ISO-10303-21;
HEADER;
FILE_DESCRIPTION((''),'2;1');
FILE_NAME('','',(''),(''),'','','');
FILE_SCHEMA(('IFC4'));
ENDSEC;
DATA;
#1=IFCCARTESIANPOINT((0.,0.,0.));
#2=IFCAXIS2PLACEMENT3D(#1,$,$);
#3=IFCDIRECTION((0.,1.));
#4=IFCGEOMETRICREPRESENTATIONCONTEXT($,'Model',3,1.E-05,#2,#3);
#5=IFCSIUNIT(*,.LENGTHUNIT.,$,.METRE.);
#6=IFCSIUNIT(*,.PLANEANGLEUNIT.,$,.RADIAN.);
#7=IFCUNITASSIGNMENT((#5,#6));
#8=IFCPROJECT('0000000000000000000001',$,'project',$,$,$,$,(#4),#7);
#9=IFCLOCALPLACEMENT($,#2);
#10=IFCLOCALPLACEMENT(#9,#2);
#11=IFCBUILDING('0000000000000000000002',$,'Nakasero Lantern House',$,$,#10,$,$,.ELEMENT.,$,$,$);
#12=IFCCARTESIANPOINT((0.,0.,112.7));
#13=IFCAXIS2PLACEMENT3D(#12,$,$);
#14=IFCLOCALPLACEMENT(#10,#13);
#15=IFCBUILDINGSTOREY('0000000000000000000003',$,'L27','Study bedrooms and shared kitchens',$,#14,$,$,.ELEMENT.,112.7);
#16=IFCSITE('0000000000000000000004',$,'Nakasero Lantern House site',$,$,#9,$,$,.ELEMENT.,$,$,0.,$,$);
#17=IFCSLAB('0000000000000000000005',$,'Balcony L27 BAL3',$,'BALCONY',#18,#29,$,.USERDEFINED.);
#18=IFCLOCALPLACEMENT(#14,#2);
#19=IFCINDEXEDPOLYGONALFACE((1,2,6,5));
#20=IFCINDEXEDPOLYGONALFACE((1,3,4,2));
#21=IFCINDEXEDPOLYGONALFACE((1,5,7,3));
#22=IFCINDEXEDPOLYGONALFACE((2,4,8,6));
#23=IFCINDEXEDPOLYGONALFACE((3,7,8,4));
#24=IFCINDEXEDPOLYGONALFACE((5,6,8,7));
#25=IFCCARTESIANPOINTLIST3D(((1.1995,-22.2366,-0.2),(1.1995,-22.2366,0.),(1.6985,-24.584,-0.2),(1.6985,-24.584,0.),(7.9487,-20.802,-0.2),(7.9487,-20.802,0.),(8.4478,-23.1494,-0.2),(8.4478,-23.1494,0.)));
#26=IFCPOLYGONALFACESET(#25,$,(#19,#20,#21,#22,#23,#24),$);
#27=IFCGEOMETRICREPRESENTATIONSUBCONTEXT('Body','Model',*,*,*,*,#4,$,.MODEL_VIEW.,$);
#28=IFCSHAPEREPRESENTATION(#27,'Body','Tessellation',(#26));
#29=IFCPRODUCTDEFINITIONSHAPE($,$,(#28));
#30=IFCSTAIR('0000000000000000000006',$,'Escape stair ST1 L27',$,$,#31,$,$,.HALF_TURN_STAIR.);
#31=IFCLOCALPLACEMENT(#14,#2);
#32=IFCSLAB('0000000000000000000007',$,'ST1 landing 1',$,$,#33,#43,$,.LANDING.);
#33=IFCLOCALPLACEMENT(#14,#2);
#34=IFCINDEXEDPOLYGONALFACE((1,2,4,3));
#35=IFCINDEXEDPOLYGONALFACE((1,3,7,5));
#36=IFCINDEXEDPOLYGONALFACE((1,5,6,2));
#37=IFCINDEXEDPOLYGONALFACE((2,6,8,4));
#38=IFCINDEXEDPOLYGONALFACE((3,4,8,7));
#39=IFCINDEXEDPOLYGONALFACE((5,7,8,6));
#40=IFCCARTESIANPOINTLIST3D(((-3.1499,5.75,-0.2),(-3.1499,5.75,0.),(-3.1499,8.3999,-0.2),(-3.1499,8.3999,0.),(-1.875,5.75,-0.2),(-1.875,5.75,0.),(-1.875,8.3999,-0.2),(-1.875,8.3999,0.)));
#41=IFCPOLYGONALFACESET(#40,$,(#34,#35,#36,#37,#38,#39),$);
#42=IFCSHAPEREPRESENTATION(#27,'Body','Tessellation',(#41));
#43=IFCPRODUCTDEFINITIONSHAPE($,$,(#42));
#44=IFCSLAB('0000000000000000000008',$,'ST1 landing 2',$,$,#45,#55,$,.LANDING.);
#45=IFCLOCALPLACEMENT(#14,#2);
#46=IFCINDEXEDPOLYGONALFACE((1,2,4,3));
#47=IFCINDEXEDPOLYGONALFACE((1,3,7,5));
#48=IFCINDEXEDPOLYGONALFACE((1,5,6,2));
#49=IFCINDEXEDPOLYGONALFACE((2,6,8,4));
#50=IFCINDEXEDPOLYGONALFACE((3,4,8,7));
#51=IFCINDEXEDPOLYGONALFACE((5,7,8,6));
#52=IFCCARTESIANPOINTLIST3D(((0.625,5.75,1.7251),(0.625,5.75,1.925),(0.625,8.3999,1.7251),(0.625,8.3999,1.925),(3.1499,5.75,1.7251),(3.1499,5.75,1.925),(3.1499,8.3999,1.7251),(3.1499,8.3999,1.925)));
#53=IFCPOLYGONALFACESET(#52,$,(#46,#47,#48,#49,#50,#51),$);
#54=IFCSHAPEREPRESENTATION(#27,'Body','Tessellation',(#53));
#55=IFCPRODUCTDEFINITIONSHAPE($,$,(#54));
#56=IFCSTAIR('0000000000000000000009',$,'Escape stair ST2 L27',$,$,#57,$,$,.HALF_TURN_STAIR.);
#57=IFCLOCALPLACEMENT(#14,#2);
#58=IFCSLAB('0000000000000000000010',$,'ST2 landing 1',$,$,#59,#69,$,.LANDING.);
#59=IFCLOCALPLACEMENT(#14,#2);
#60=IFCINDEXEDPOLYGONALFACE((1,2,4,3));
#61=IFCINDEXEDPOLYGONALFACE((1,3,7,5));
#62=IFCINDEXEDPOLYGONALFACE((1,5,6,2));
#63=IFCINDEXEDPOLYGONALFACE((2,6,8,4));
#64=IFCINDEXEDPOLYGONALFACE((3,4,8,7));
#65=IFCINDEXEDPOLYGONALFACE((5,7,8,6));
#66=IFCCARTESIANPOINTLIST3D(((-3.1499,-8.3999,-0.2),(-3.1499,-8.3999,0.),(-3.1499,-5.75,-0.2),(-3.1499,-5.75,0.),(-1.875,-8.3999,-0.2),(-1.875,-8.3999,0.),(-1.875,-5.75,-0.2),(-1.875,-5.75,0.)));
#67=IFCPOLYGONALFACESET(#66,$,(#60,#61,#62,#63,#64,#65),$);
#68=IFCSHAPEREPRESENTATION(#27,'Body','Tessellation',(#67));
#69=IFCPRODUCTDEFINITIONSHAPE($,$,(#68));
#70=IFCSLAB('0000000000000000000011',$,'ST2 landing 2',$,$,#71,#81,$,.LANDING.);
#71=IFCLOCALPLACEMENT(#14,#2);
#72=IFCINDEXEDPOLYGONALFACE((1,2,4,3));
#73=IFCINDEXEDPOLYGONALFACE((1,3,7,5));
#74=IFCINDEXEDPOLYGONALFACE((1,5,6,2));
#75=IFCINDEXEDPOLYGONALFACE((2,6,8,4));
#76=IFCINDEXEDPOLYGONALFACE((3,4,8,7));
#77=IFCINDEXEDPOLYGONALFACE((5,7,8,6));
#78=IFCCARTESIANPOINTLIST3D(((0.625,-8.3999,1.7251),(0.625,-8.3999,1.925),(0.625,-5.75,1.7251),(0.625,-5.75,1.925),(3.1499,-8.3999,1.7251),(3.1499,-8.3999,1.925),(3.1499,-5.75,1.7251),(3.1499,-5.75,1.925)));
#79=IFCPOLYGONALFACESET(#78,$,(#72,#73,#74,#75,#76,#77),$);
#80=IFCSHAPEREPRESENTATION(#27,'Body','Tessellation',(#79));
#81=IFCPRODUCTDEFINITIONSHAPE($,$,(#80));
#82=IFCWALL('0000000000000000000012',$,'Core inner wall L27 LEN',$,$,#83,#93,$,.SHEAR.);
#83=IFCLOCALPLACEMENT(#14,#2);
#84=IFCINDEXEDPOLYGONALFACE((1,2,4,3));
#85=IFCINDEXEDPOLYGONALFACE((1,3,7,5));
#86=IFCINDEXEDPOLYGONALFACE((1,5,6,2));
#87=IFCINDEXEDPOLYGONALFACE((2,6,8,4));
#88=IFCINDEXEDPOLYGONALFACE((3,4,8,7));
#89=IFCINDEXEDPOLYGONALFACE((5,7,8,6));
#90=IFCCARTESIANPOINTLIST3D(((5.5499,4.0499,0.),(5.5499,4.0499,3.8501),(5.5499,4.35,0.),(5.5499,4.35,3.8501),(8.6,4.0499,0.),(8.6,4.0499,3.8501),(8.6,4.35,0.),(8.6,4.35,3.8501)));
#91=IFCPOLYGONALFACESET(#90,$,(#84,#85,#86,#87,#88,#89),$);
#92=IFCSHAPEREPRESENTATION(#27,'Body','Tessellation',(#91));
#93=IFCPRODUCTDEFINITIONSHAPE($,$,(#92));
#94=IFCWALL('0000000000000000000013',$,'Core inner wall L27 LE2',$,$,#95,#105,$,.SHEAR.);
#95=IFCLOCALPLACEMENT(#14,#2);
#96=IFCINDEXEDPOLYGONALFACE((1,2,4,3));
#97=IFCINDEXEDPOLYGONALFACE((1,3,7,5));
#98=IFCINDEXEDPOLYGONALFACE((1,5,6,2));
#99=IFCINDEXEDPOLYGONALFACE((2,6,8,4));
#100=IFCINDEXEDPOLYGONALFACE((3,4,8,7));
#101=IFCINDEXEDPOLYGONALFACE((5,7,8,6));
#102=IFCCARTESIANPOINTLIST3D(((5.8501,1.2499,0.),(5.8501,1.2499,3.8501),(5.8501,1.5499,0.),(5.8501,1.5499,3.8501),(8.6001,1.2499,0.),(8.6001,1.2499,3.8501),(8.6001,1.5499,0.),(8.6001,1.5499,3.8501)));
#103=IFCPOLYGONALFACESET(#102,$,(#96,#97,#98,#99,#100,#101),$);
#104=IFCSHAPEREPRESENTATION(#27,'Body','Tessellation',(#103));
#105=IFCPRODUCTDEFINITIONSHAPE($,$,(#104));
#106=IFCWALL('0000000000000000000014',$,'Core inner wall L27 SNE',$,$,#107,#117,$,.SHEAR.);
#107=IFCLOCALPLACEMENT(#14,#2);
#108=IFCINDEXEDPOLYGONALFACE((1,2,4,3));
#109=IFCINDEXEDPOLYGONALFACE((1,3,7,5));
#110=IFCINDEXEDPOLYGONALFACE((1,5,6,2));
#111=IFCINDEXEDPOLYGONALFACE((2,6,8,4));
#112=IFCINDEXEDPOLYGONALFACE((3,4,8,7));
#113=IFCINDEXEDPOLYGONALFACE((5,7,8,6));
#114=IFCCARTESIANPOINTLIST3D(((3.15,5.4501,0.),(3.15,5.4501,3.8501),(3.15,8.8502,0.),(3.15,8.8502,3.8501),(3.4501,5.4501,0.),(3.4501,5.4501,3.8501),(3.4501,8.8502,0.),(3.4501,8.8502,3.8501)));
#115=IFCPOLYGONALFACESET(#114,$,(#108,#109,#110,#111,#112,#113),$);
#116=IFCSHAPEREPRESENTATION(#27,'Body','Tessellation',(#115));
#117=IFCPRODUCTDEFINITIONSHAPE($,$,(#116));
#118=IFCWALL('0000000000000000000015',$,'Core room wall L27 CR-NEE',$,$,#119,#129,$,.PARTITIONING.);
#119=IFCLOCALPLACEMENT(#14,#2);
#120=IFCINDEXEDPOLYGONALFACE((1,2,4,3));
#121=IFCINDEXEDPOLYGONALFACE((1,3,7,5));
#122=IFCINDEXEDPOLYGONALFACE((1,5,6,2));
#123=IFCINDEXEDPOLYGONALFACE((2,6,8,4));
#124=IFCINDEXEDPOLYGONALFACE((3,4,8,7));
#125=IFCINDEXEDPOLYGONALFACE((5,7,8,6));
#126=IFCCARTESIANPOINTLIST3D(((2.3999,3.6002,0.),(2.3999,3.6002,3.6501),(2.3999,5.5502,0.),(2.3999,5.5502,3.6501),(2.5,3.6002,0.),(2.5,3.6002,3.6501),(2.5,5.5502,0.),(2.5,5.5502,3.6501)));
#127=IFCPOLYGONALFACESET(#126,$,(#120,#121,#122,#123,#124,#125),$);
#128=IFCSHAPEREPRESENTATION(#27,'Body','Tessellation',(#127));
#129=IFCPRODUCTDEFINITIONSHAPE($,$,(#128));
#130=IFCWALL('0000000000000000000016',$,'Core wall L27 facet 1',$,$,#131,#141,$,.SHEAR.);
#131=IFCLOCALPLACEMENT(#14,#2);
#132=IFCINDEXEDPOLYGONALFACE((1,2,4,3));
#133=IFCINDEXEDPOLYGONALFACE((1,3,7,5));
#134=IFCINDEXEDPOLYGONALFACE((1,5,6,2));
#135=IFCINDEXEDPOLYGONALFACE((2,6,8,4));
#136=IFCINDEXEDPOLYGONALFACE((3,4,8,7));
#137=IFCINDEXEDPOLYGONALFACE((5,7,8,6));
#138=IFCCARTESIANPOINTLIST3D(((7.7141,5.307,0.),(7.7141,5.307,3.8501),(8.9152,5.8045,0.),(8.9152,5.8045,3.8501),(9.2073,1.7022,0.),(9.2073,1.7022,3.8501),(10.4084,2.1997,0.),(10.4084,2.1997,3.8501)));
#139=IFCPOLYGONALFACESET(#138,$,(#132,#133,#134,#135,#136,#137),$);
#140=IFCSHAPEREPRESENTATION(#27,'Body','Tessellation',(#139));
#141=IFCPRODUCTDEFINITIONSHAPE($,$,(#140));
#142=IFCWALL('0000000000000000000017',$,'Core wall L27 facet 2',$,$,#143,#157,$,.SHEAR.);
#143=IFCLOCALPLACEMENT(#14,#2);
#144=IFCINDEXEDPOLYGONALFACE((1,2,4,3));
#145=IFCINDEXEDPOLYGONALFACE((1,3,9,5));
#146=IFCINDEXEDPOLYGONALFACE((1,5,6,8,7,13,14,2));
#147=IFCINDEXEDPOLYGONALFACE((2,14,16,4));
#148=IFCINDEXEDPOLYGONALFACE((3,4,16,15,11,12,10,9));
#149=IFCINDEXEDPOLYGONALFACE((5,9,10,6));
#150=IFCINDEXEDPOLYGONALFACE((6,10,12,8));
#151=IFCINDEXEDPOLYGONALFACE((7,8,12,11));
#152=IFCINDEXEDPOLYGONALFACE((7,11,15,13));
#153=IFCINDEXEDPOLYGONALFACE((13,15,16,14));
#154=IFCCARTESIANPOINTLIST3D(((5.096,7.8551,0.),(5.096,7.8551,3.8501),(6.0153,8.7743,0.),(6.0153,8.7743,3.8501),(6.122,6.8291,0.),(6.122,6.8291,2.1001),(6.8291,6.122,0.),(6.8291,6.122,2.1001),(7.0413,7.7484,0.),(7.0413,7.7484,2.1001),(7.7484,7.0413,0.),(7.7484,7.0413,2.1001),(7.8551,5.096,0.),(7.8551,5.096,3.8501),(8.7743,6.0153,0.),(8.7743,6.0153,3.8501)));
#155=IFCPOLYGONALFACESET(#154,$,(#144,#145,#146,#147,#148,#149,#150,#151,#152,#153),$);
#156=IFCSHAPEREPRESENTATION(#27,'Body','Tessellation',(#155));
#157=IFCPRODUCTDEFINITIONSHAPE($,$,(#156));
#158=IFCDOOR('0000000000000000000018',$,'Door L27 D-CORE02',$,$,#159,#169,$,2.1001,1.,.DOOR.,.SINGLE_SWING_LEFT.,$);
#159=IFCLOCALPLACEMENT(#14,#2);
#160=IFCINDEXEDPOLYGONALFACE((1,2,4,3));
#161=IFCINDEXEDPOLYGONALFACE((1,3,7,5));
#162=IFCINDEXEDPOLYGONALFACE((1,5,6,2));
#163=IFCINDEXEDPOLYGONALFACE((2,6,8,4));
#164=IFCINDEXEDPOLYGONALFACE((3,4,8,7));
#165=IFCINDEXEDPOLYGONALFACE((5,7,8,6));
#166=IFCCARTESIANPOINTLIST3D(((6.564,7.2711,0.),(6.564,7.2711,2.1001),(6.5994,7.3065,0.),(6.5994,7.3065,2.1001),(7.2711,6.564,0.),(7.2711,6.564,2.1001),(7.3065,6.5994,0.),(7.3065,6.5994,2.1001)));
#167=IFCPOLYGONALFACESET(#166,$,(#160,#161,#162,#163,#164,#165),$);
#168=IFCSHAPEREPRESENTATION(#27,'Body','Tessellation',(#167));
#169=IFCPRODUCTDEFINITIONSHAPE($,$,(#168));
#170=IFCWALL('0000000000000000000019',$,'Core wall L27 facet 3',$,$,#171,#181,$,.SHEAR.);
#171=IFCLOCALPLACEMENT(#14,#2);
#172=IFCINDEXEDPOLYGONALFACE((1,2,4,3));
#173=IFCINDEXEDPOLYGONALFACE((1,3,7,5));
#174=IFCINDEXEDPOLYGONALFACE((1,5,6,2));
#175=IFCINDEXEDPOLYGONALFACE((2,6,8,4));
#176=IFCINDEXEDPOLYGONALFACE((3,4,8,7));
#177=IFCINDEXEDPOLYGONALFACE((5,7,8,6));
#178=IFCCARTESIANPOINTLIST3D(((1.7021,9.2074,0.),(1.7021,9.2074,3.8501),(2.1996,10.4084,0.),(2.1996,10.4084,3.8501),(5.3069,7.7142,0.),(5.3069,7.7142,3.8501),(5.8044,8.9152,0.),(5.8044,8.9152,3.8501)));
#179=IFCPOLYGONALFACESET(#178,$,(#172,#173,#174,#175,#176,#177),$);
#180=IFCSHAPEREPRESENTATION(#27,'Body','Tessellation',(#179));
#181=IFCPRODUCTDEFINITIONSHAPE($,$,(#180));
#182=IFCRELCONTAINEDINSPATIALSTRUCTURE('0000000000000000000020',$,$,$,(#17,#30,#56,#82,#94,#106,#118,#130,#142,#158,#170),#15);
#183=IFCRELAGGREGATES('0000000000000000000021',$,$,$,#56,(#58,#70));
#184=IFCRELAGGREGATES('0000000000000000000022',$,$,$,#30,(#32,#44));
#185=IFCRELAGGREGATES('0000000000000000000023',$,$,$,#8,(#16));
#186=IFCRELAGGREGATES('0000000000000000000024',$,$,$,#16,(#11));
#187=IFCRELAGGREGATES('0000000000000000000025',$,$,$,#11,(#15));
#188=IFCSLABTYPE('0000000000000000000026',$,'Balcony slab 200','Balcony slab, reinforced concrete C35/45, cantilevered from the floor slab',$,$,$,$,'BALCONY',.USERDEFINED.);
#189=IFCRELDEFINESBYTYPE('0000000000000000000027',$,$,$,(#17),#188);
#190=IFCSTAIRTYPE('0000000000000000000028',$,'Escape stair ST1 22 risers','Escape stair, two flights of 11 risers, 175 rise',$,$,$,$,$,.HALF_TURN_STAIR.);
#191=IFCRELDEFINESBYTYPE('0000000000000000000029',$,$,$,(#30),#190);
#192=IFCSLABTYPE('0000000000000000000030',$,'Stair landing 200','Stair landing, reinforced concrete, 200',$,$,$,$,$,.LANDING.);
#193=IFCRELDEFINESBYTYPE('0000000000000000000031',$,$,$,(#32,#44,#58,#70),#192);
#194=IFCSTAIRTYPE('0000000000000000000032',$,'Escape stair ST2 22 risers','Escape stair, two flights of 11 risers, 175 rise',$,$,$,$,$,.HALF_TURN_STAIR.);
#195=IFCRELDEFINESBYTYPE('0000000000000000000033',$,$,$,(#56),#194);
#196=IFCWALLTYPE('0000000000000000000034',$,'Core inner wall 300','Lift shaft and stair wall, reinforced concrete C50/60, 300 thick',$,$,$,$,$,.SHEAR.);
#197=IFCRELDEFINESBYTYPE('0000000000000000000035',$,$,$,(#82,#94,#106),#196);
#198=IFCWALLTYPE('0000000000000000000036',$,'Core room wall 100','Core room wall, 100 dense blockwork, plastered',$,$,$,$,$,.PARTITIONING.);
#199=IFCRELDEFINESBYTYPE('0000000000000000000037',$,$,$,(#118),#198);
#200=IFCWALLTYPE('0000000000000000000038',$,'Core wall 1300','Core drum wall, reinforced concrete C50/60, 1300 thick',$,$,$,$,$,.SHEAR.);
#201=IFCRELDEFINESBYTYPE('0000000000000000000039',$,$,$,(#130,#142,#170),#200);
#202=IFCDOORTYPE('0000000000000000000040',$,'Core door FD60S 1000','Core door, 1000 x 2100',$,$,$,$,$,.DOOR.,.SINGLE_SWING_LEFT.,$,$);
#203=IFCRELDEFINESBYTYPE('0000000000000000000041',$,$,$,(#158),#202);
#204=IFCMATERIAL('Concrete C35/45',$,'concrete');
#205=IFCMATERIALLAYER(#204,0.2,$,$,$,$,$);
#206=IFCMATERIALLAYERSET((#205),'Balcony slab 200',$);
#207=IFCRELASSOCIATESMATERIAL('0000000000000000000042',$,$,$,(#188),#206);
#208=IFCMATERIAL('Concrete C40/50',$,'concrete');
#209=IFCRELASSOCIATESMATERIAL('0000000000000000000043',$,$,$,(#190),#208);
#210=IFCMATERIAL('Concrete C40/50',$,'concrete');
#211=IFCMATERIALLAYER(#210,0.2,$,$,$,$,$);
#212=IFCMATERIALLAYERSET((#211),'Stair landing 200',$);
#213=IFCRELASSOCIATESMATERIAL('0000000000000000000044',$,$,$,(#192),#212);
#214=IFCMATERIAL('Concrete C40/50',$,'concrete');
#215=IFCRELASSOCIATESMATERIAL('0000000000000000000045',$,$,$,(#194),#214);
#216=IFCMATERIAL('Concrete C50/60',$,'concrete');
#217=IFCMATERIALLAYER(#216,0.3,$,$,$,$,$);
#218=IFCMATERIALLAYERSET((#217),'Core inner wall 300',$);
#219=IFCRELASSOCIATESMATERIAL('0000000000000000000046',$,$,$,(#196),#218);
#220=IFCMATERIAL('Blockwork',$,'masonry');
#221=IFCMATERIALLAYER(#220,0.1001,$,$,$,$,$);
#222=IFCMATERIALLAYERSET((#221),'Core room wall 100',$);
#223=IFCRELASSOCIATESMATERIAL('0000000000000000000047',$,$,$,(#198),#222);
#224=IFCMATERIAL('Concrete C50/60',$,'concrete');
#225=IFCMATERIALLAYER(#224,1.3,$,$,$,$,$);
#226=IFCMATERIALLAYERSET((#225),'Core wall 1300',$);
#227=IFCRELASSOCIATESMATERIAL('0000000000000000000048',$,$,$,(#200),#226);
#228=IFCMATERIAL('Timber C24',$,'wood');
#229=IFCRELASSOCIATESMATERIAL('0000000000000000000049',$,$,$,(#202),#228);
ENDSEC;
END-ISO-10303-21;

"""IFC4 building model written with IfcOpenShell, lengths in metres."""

from ifc_helpers import new_model, si_unit, direction, frame, frame_2d, origin, place, context, subcontext, project, spatial, polyline, rectangle, outline, extrude, material, layer, layer_set, type_object, element, fill, aggregate, save


model = new_model("IFC4")

# Units and contexts
model_context = context("Model", 3, precision=1e-05, world=origin(), true_north=direction((0.0, 1.0)))
body_context = subcontext(model_context, "Body", "Model", "MODEL_VIEW")
ifc_project = project(units=[si_unit("LENGTHUNIT", "METRE"), si_unit("PLANEANGLEUNIT", "RADIAN")], contexts=[model_context])

# Site, building, storey
site_placement = place(None, origin())
site = spatial("IfcSite", under=ifc_project, at=site_placement, Name="Nakasero Lantern House site", CompositionType="ELEMENT", RefElevation=0.0)
building_placement = place(site_placement, origin())
building = spatial("IfcBuilding", under=site, at=building_placement, Name="Nakasero Lantern House", CompositionType="ELEMENT")
storey_placement = place(building_placement, frame((0.0, 0.0, 112.7)))
storey = spatial("IfcBuildingStorey", under=building, at=storey_placement, Name="L27", Description="Study bedrooms and shared kitchens", CompositionType="ELEMENT", Elevation=112.7)

# Slab
ifc_material_1 = material(Name="Concrete C35/45", Category="concrete")
ifc_layer_1 = layer(ifc_material_1, 0.2)
ifc_layer_set_1 = layer_set([ifc_layer_1], Name="Balcony slab 200")
slab_type_1 = type_object("IfcSlabType", Name="Balcony slab 200", Description="Balcony slab, reinforced concrete C35/45, cantilevered from the floor slab", ElementType="BALCONY", PredefinedType="USERDEFINED", material=ifc_layer_set_1)
slab_1_placement = place(storey_placement, frame((0.0, 0.0, -0.2)))
element("IfcSlab", 1, at=slab_1_placement, inside=storey, type_object=slab_type_1, Name="Balcony L27 BAL3", ObjectType="BALCONY", PredefinedType="USERDEFINED", context=body_context, shape_type="SweptSolid", body=[
    extrude(outline(polyline([(1.1995, -22.2366), (1.6985, -24.584), (8.4478, -23.1494), (7.9487, -20.802), (1.1995, -22.2366)])), origin(), (0.0, 0.0, 1.0), 0.2),
])

# Stairs, slabs
ifc_material_2 = material(Name="Concrete C40/50", Category="concrete")
stair_type_1 = type_object("IfcStairType", Name="Escape stair ST1 22 risers", Description="Escape stair, two flights of 11 risers, 175 rise", PredefinedType="HALF_TURN_STAIR", material=ifc_material_2)
stair_1_placement = place(storey_placement, origin())
stair_1 = element("IfcStair", 2, at=stair_1_placement, inside=storey, type_object=stair_type_1, Name="Escape stair ST1 L27", PredefinedType="HALF_TURN_STAIR")
ifc_material_3 = material(Name="Concrete C40/50", Category="concrete")
ifc_layer_2 = layer(ifc_material_3, 0.2)
ifc_layer_set_2 = layer_set([ifc_layer_2], Name="Stair landing 200")
slab_type_2 = type_object("IfcSlabType", Name="Stair landing 200", Description="Stair landing, reinforced concrete, 200", PredefinedType="LANDING", material=ifc_layer_set_2)
slab_2_placement = place(storey_placement, frame((0.0, 0.0, -0.2)))
slab_2 = element("IfcSlab", 3, at=slab_2_placement, type_object=slab_type_2, Name="ST1 landing 1", PredefinedType="LANDING", context=body_context, shape_type="SweptSolid", body=[
    extrude(outline(polyline([(-3.1499, 5.75), (-1.875, 5.75), (-1.875, 8.3999), (-3.1499, 8.3999), (-3.1499, 5.75)])), origin(), (0.0, 0.0, 1.0), 0.2),
])
slab_3_placement = place(storey_placement, frame((0.0, 0.0, 1.7251)))
slab_3 = element("IfcSlab", 4, at=slab_3_placement, type_object=slab_type_2, Name="ST1 landing 2", PredefinedType="LANDING", context=body_context, shape_type="SweptSolid", body=[
    extrude(outline(polyline([(0.625, 5.75), (3.1499, 5.75), (3.1499, 8.3999), (0.625, 8.3999), (0.625, 5.75)])), origin(), (0.0, 0.0, 1.0), 0.2),
])
ifc_material_4 = material(Name="Concrete C40/50", Category="concrete")
stair_type_2 = type_object("IfcStairType", Name="Escape stair ST2 22 risers", Description="Escape stair, two flights of 11 risers, 175 rise", PredefinedType="HALF_TURN_STAIR", material=ifc_material_4)
stair_2_placement = place(storey_placement, origin())
stair_2 = element("IfcStair", 5, at=stair_2_placement, inside=storey, type_object=stair_type_2, Name="Escape stair ST2 L27", PredefinedType="HALF_TURN_STAIR")
slab_4_placement = place(storey_placement, frame((0.0, 0.0, -0.2)))
slab_4 = element("IfcSlab", 6, at=slab_4_placement, type_object=slab_type_2, Name="ST2 landing 1", PredefinedType="LANDING", context=body_context, shape_type="SweptSolid", body=[
    extrude(outline(polyline([(-3.1499, -8.3999), (-1.875, -8.3999), (-1.875, -5.75), (-3.1499, -5.75), (-3.1499, -8.3999)])), origin(), (0.0, 0.0, 1.0), 0.2),
])
slab_5_placement = place(storey_placement, frame((0.0, 0.0, 1.7251)))
slab_5 = element("IfcSlab", 7, at=slab_5_placement, type_object=slab_type_2, Name="ST2 landing 2", PredefinedType="LANDING", context=body_context, shape_type="SweptSolid", body=[
    extrude(outline(polyline([(0.625, -8.3999), (3.1499, -8.3999), (3.1499, -5.75), (0.625, -5.75), (0.625, -8.3999)])), origin(), (0.0, 0.0, 1.0), 0.2),
])
aggregate(stair_2, [slab_4, slab_5])

# Walls
ifc_material_5 = material(Name="Concrete C50/60", Category="concrete")
ifc_layer_3 = layer(ifc_material_5, 0.3)
ifc_layer_set_3 = layer_set([ifc_layer_3], Name="Core inner wall 300")
wall_type_1 = type_object("IfcWallType", Name="Core inner wall 300", Description="Lift shaft and stair wall, reinforced concrete C50/60, 300 thick", PredefinedType="SHEAR", material=ifc_layer_set_3)
wall_1_placement = place(storey_placement, frame((5.55, 4.2, 0.0), z_axis=(0.0, 0.0, 1.0), x_axis=(1.0, 0.0, 0.0)))
element("IfcWall", 8, at=wall_1_placement, inside=storey, type_object=wall_type_1, Name="Core inner wall L27 LEN", PredefinedType="SHEAR", context=body_context, shape_type="SweptSolid", body=[
    extrude(rectangle(XDim=3.05, YDim=0.3, at=frame_2d((1.5249, 0.0))), origin(), (0.0, 0.0, 1.0), 3.8501),
])
wall_2_placement = place(storey_placement, frame((5.8501, 1.3999, 0.0), z_axis=(0.0, 0.0, 1.0), x_axis=(1.0, 0.0, 0.0)))
element("IfcWall", 9, at=wall_2_placement, inside=storey, type_object=wall_type_1, Name="Core inner wall L27 LE2", PredefinedType="SHEAR", context=body_context, shape_type="SweptSolid", body=[
    extrude(rectangle(XDim=2.75, YDim=0.3, at=frame_2d((1.375, 0.0))), origin(), (0.0, 0.0, 1.0), 3.8501),
])
wall_3_placement = place(storey_placement, frame((3.3, 5.45, 0.0), z_axis=(0.0, 0.0, 1.0), x_axis=(0.0, 1.0, 0.0)))
element("IfcWall", 10, at=wall_3_placement, inside=storey, type_object=wall_type_1, Name="Core inner wall L27 SNE", PredefinedType="SHEAR", context=body_context, shape_type="SweptSolid", body=[
    extrude(rectangle(XDim=3.4001, YDim=0.3, at=frame_2d((1.7002, 0.0))), origin(), (0.0, 0.0, 1.0), 3.8501),
])
ifc_material_6 = material(Name="Blockwork", Category="masonry")
ifc_layer_4 = layer(ifc_material_6, 0.1001)
ifc_layer_set_4 = layer_set([ifc_layer_4], Name="Core room wall 100")
wall_type_2 = type_object("IfcWallType", Name="Core room wall 100", Description="Core room wall, 100 dense blockwork, plastered", PredefinedType="PARTITIONING", material=ifc_layer_set_4)
wall_4_placement = place(storey_placement, frame((2.45, 3.6001, 0.0), z_axis=(0.0, 0.0, 1.0), x_axis=(0.0, 1.0, 0.0)))
element("IfcWall", 11, at=wall_4_placement, inside=storey, type_object=wall_type_2, Name="Core room wall L27 CR-NEE", PredefinedType="PARTITIONING", context=body_context, shape_type="SweptSolid", body=[
    extrude(rectangle(XDim=1.95, YDim=0.1001, at=frame_2d((0.9751, 0.0))), origin(), (0.0, 0.0, 1.0), 3.6501),
])
ifc_material_7 = material(Name="Concrete C50/60", Category="concrete")
ifc_layer_5 = layer(ifc_material_7, 1.3)
ifc_layer_set_5 = layer_set([ifc_layer_5], Name="Core wall 1300")
wall_type_3 = type_object("IfcWallType", Name="Core wall 1300", Description="Core drum wall, reinforced concrete C50/60, 1300 thick", PredefinedType="SHEAR", material=ifc_layer_set_5)
wall_5_placement = place(storey_placement, frame((9.8079, 1.9509, 0.0), z_axis=(0.0, 0.0, 1.0), x_axis=(-0.382691, 0.923877, 0.0)))
element("IfcWall", 12, at=wall_5_placement, inside=storey, type_object=wall_type_3, Name="Core wall L27 facet 1", PredefinedType="SHEAR", context=body_context, shape_type="SweptSolid", body=[
    extrude(rectangle(XDim=3.9019, YDim=1.3, at=frame_2d((1.9509, 0.0))), origin(), (0.0, 0.0, 1.0), 3.8501),
])

# Wall, opening, door
wall_6_placement = place(storey_placement, frame((8.3147, 5.5557, 0.0), z_axis=(0.0, 0.0, 1.0), x_axis=(-0.707107, 0.707107, 0.0)))
wall_6 = element("IfcWall", 13, at=wall_6_placement, inside=storey, type_object=wall_type_3, Name="Core wall L27 facet 2", PredefinedType="SHEAR", context=body_context, shape_type="SweptSolid", body=[
    extrude(rectangle(XDim=3.9019, YDim=1.3, at=frame_2d((1.9509, 0.0))), origin(), (0.0, 0.0, 1.0), 3.8501),
])
opening_1_placement = place(wall_6_placement, frame((1.4509, 0.0, 0.0)))
opening_1 = element("IfcOpeningElement", 14, at=opening_1_placement, cuts=wall_6, PredefinedType="OPENING", context=body_context, shape_type="SweptSolid", body=[
    extrude(rectangle(XDim=1.0, YDim=2.1001, at=frame_2d((0.5, 1.05))), frame((0.0, 0.6699, 0.0), z_axis=(0.0, -1.0, 0.0), x_axis=(1.0, 0.0, 0.0)), (0.0, 0.0, 1.0), 1.3401),
])
ifc_material_8 = material(Name="Timber C24", Category="wood")
door_type_1 = type_object("IfcDoorType", Name="Core door FD60S 1000", Description="Core door, 1000 x 2100", OperationType="SINGLE_SWING_LEFT", PredefinedType="DOOR", material=ifc_material_8)
door_1_placement = place(opening_1_placement, origin())
door_1 = element("IfcDoor", 15, at=door_1_placement, inside=storey, type_object=door_type_1, Name="Door L27 D-CORE02", OperationType="SINGLE_SWING_LEFT", OverallHeight=2.1001, OverallWidth=1.0, PredefinedType="DOOR", context=body_context, shape_type="SweptSolid", body=[
    extrude(rectangle(XDim=1.0, YDim=2.1001, at=frame_2d((0.5, 1.05))), frame((0.0, 0.0249, 0.0), z_axis=(0.0, -1.0, 0.0), x_axis=(1.0, 0.0, 0.0)), (0.0, 0.0, 1.0), 0.05),
])
fill(opening_1, door_1)

# Wall
wall_7_placement = place(storey_placement, frame((5.5557, 8.3147, 0.0), z_axis=(0.0, 0.0, 1.0), x_axis=(-0.923877, 0.382691, 0.0)))
element("IfcWall", 16, at=wall_7_placement, inside=storey, type_object=wall_type_3, Name="Core wall L27 facet 3", PredefinedType="SHEAR", context=body_context, shape_type="SweptSolid", body=[
    extrude(rectangle(XDim=3.9019, YDim=1.3, at=frame_2d((1.9509, 0.0))), origin(), (0.0, 0.0, 1.0), 3.8501),
])

aggregate(stair_1, [slab_2, slab_3])

save(model, "model.ifc")
